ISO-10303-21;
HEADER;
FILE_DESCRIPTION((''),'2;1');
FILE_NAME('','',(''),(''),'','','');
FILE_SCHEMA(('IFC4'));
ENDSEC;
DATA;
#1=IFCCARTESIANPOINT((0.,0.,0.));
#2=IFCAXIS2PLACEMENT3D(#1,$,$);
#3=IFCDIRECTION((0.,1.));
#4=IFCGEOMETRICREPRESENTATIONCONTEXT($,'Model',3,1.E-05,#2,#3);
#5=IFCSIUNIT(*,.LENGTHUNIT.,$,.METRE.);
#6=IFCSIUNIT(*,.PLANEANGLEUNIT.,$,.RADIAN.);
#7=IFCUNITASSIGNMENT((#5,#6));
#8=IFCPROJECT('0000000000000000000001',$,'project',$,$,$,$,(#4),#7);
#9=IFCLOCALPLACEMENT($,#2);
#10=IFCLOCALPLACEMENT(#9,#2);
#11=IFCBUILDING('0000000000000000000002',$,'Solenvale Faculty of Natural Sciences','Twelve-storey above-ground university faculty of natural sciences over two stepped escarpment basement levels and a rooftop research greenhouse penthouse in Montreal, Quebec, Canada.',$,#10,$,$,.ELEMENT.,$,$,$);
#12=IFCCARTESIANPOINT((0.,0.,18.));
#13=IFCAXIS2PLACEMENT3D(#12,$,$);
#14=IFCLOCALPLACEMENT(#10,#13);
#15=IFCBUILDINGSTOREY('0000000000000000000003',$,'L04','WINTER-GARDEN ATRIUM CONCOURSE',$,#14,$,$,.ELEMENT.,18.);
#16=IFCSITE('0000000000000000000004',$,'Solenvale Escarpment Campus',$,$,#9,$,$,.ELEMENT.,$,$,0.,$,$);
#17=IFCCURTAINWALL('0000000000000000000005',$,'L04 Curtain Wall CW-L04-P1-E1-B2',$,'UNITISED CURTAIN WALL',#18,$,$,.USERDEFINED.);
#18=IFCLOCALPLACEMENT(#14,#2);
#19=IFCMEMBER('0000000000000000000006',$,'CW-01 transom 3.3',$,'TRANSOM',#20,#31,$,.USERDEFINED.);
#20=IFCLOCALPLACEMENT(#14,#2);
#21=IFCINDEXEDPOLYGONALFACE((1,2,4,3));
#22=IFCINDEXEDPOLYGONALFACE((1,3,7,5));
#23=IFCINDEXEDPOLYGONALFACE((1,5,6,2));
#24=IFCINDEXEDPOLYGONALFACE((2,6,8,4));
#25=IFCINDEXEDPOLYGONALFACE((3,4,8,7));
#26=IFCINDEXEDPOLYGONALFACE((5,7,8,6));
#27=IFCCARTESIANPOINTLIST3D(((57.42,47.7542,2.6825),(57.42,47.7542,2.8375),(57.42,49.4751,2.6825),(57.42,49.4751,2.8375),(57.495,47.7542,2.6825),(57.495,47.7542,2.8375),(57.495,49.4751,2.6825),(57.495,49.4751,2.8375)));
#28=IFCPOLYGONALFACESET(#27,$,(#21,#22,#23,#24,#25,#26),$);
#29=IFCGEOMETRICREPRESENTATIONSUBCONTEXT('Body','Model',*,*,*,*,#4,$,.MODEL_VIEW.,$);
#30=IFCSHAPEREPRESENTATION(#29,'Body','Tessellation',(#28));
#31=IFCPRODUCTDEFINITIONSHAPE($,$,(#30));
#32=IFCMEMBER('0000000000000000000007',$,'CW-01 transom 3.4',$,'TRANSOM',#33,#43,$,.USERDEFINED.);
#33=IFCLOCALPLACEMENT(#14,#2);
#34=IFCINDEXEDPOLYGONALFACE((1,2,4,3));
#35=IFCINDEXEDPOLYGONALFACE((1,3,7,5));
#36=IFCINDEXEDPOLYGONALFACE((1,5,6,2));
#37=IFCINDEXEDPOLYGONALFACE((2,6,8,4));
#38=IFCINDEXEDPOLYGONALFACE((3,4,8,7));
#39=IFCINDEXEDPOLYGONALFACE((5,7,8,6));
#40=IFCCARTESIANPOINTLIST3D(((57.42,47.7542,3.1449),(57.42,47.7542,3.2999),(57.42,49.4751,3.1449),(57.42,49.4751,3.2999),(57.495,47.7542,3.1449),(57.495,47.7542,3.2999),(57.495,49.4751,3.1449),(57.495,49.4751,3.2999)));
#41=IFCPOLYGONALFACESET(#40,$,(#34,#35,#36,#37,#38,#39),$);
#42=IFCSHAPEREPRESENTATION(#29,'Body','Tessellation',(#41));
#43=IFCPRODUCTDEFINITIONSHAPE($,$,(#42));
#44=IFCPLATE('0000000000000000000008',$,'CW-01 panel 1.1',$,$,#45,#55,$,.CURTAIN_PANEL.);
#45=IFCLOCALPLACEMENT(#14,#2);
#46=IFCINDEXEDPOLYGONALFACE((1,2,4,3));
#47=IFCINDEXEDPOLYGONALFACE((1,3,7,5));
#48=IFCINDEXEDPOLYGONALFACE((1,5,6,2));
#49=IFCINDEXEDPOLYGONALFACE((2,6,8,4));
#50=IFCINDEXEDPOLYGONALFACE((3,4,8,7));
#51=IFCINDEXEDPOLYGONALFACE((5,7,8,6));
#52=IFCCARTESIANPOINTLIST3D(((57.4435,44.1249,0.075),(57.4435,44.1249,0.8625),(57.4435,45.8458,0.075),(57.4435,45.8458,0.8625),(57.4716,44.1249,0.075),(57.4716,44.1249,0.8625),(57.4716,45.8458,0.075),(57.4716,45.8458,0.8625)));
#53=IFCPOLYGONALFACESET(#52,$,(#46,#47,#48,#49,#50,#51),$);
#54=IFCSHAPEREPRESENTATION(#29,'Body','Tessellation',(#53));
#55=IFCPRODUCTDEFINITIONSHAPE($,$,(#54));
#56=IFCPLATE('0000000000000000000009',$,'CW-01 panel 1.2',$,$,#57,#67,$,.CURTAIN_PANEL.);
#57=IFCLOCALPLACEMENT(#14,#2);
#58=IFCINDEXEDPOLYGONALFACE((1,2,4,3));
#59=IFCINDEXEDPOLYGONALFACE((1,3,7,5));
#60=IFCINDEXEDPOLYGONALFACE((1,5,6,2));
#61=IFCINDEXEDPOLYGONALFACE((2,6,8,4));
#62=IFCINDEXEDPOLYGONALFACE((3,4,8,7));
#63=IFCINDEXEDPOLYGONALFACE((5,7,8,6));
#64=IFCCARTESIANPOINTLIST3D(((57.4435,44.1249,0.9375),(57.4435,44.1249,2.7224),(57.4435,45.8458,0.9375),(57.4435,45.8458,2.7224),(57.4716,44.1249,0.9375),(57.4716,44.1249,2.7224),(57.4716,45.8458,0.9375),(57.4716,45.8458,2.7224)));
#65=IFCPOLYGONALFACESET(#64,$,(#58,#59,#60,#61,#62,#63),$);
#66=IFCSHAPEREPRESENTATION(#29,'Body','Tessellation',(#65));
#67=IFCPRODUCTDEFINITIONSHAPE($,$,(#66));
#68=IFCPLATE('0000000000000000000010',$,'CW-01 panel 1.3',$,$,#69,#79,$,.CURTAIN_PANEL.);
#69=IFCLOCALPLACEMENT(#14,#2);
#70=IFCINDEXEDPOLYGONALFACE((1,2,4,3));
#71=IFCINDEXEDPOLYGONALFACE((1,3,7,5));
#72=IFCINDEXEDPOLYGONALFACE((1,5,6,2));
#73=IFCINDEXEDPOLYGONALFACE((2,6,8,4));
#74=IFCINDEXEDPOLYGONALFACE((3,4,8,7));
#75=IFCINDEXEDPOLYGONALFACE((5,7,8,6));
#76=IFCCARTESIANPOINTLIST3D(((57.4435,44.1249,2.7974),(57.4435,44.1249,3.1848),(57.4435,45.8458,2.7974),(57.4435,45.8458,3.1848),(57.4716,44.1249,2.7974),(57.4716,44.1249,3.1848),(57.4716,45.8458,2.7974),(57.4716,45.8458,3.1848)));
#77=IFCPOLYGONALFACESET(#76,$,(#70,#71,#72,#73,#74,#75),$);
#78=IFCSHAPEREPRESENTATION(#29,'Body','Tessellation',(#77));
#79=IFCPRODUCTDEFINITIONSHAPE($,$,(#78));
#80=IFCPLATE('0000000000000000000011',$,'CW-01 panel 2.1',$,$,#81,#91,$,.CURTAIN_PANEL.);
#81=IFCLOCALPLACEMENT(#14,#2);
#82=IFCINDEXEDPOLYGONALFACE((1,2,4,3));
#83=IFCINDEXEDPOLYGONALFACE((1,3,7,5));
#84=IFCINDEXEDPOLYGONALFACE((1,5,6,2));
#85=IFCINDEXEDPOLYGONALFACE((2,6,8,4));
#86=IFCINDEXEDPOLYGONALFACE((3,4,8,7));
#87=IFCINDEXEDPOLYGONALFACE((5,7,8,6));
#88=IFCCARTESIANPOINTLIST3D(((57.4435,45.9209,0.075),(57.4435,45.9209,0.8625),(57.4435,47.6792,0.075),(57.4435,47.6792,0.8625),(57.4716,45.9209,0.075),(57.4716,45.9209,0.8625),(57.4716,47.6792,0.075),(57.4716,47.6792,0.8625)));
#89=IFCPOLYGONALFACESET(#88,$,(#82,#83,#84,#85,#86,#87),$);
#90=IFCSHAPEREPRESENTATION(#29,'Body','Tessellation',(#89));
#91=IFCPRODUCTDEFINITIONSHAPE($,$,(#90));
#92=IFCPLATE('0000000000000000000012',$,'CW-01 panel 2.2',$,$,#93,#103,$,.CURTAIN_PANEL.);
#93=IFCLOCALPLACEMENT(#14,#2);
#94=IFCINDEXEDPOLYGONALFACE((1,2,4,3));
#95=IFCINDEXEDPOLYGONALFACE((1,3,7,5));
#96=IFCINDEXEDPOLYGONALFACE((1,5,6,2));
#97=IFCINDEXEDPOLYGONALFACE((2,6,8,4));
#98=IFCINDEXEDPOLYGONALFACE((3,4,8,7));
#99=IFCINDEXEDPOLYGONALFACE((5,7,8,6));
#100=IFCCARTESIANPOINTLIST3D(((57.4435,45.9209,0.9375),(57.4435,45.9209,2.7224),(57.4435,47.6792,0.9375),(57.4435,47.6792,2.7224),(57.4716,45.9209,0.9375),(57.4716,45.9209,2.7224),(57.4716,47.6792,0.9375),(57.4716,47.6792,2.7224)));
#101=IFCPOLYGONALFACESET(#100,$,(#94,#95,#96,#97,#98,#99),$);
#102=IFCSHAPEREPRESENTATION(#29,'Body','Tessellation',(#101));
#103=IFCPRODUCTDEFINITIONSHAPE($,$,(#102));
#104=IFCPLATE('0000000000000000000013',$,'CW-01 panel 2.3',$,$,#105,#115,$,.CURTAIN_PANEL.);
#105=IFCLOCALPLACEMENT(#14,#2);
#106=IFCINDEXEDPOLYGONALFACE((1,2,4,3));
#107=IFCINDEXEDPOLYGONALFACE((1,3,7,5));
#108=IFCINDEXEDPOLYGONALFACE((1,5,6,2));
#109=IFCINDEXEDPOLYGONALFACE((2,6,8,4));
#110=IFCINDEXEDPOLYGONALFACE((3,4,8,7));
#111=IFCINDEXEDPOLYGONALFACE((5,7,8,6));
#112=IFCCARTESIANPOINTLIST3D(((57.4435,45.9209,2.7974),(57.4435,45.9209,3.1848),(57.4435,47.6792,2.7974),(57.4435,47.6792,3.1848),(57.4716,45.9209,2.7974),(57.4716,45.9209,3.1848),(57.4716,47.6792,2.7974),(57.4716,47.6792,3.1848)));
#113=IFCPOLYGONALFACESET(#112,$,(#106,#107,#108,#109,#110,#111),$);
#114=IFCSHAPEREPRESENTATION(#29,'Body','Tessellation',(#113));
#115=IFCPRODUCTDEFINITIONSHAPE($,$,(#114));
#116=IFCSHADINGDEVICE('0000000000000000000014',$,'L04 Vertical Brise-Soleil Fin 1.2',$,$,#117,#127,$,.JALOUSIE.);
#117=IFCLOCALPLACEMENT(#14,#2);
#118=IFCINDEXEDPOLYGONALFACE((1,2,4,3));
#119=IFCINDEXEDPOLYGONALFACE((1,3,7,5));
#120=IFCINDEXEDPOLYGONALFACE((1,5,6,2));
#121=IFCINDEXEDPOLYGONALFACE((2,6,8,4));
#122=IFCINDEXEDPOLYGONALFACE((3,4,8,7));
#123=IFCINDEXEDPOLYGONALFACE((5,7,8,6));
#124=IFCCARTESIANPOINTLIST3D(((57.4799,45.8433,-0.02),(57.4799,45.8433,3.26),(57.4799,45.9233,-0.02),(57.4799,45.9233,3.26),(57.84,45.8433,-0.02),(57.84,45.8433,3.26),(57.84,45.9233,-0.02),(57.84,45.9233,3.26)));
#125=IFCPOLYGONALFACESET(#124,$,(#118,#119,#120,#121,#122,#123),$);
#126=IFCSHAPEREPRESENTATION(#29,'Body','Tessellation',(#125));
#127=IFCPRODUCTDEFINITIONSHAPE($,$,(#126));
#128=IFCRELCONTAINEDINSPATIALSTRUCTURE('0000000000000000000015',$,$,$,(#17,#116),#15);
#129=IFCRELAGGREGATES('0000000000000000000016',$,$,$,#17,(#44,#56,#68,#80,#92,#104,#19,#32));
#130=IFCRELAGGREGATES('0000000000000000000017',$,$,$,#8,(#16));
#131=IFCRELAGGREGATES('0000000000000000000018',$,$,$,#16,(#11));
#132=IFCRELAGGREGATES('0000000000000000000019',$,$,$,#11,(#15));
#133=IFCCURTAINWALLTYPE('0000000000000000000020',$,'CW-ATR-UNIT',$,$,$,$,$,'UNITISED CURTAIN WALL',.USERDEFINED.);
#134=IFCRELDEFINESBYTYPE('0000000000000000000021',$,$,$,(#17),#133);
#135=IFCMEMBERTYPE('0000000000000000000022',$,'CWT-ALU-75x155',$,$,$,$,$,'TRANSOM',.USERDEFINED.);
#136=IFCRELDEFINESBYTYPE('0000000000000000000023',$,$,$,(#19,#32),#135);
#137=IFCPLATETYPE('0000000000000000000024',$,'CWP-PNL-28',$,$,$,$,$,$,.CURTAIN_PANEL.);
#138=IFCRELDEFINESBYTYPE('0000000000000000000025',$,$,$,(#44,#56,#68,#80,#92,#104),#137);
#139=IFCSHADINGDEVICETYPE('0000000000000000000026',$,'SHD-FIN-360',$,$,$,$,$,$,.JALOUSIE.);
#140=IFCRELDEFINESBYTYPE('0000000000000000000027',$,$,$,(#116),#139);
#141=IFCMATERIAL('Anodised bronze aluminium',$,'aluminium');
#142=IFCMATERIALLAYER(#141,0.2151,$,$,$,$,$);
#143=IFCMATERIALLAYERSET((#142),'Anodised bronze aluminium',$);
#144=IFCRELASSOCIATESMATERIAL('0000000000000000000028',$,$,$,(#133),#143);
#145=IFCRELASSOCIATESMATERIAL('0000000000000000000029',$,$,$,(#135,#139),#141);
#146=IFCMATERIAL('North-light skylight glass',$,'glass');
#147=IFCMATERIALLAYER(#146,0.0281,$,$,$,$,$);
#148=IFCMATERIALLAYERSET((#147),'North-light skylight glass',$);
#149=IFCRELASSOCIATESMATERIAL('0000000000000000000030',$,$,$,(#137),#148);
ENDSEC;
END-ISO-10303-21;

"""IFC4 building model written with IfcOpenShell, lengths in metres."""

from ifc_helpers import new_model, si_unit, direction, frame, origin, origin_2d, place, context, subcontext, project, spatial, rectangle, extrude, material, layer, layer_set, material_profile, profile_set, type_object, element, aggregate, save


model = new_model("IFC4")

# Units and contexts
model_context = context("Model", 3, precision=1e-05, world=origin(), true_north=direction((0.0, 1.0)))
body_context = subcontext(model_context, "Body", "Model", "MODEL_VIEW")
ifc_project = project(units=[si_unit("LENGTHUNIT", "METRE"), si_unit("PLANEANGLEUNIT", "RADIAN")], contexts=[model_context])

# Site, building, storey
site_placement = place(None, origin())
site = spatial("IfcSite", under=ifc_project, at=site_placement, Name="Solenvale Escarpment Campus", CompositionType="ELEMENT", RefElevation=0.0)
building_placement = place(site_placement, origin())
building = spatial("IfcBuilding", under=site, at=building_placement, Name="Solenvale Faculty of Natural Sciences", Description="Twelve-storey above-ground university faculty of natural sciences over two stepped escarpment basement levels and a rooftop research greenhouse penthouse in Montreal, Quebec, Canada.", CompositionType="ELEMENT")
storey_placement = place(building_placement, frame((0.0, 0.0, 18.0)))
storey = spatial("IfcBuildingStorey", under=building, at=storey_placement, Name="L04", Description="WINTER-GARDEN ATRIUM CONCOURSE", CompositionType="ELEMENT", Elevation=18.0)

# Curtain wall, members, plates
ifc_material_1 = material(Name="Anodised bronze aluminium", Category="aluminium")
ifc_layer_1 = layer(ifc_material_1, 0.2151)
ifc_layer_set_1 = layer_set([ifc_layer_1], Name="Anodised bronze aluminium")
curtain_wall_type = type_object("IfcCurtainWallType", Name="CW-ATR-UNIT", ElementType="UNITISED CURTAIN WALL", PredefinedType="USERDEFINED", material=ifc_layer_set_1)
curtain_wall_placement = place(storey_placement, origin())
curtain_wall = element("IfcCurtainWall", 1, at=curtain_wall_placement, inside=storey, type_object=curtain_wall_type, Name="L04 Curtain Wall CW-L04-P1-E1-B2", ObjectType="UNITISED CURTAIN WALL", PredefinedType="USERDEFINED")
ifc_material_profile_1 = material_profile(ifc_material_1, rectangle(XDim=0.075, YDim=0.155, at=origin_2d()), Name="ALU-TRN-75x155")
ifc_profile_set_1 = profile_set([ifc_material_profile_1], Name="Anodised bronze aluminium")
member_type_1 = type_object("IfcMemberType", Name="CWT-ALU-75x155", ElementType="TRANSOM", PredefinedType="USERDEFINED", material=ifc_profile_set_1)
member_1_placement = place(storey_placement, frame((57.4575, 47.7542, 2.76), z_axis=(0.0, 1.0, 0.0), x_axis=(-1.0, 0.0, 0.0)))
member_1 = element("IfcMember", 2, at=member_1_placement, type_object=member_type_1, Name="CW-01 transom 3.3", ObjectType="TRANSOM", PredefinedType="USERDEFINED", context=body_context, shape_type="SweptSolid", body=[
    extrude(rectangle(XDim=0.075, YDim=0.155, at=origin_2d()), origin(), (0.0, 0.0, 1.0), 1.7209),
])
member_2_placement = place(storey_placement, frame((57.4575, 47.7542, 3.2224), z_axis=(0.0, 1.0, 0.0), x_axis=(-1.0, 0.0, 0.0)))
member_2 = element("IfcMember", 3, at=member_2_placement, type_object=member_type_1, Name="CW-01 transom 3.4", ObjectType="TRANSOM", PredefinedType="USERDEFINED", context=body_context, shape_type="SweptSolid", body=[
    extrude(rectangle(XDim=0.075, YDim=0.155, at=origin_2d()), origin(), (0.0, 0.0, 1.0), 1.7209),
])
ifc_material_2 = material(Name="North-light skylight glass", Category="glass")
ifc_layer_2 = layer(ifc_material_2, 0.0281)
ifc_layer_set_2 = layer_set([ifc_layer_2], Name="North-light skylight glass")
plate_type = type_object("IfcPlateType", Name="CWP-PNL-28", PredefinedType="CURTAIN_PANEL", material=ifc_layer_set_2)
plate_1_placement = place(storey_placement, frame((57.4575, 44.9854, 0.075), z_axis=(0.0, 0.0, 1.0), x_axis=(0.0, 1.0, 0.0)))
plate_1 = element("IfcPlate", 4, at=plate_1_placement, type_object=plate_type, Name="CW-01 panel 1.1", PredefinedType="CURTAIN_PANEL", context=body_context, shape_type="SweptSolid", body=[
    extrude(rectangle(XDim=1.7209, YDim=0.0281, at=origin_2d()), origin(), (0.0, 0.0, 1.0), 0.7876),
])
plate_2_placement = place(storey_placement, frame((57.4575, 44.9854, 0.9375), z_axis=(0.0, 0.0, 1.0), x_axis=(0.0, 1.0, 0.0)))
plate_2 = element("IfcPlate", 5, at=plate_2_placement, type_object=plate_type, Name="CW-01 panel 1.2", PredefinedType="CURTAIN_PANEL", context=body_context, shape_type="SweptSolid", body=[
    extrude(rectangle(XDim=1.7209, YDim=0.0281, at=origin_2d()), origin(), (0.0, 0.0, 1.0), 1.7849),
])
plate_3_placement = place(storey_placement, frame((57.4575, 44.9854, 2.7974), z_axis=(0.0, 0.0, 1.0), x_axis=(0.0, 1.0, 0.0)))
plate_3 = element("IfcPlate", 6, at=plate_3_placement, type_object=plate_type, Name="CW-01 panel 1.3", PredefinedType="CURTAIN_PANEL", context=body_context, shape_type="SweptSolid", body=[
    extrude(rectangle(XDim=1.7209, YDim=0.0281, at=origin_2d()), origin(), (0.0, 0.0, 1.0), 0.3875),
])
plate_4_placement = place(storey_placement, frame((57.4575, 46.8, 0.075), z_axis=(0.0, 0.0, 1.0), x_axis=(0.0, 1.0, 0.0)))
plate_4 = element("IfcPlate", 7, at=plate_4_placement, type_object=plate_type, Name="CW-01 panel 2.1", PredefinedType="CURTAIN_PANEL", context=body_context, shape_type="SweptSolid", body=[
    extrude(rectangle(XDim=1.7583, YDim=0.0281, at=origin_2d()), origin(), (0.0, 0.0, 1.0), 0.7876),
])
plate_5_placement = place(storey_placement, frame((57.4575, 46.8, 0.9375), z_axis=(0.0, 0.0, 1.0), x_axis=(0.0, 1.0, 0.0)))
plate_5 = element("IfcPlate", 8, at=plate_5_placement, type_object=plate_type, Name="CW-01 panel 2.2", PredefinedType="CURTAIN_PANEL", context=body_context, shape_type="SweptSolid", body=[
    extrude(rectangle(XDim=1.7583, YDim=0.0281, at=origin_2d()), origin(), (0.0, 0.0, 1.0), 1.7849),
])
plate_6_placement = place(storey_placement, frame((57.4575, 46.8, 2.7974), z_axis=(0.0, 0.0, 1.0), x_axis=(0.0, 1.0, 0.0)))
plate_6 = element("IfcPlate", 9, at=plate_6_placement, type_object=plate_type, Name="CW-01 panel 2.3", PredefinedType="CURTAIN_PANEL", context=body_context, shape_type="SweptSolid", body=[
    extrude(rectangle(XDim=1.7583, YDim=0.0281, at=origin_2d()), origin(), (0.0, 0.0, 1.0), 0.3875),
])
aggregate(curtain_wall, [plate_1, plate_2, plate_3, plate_4, plate_5, plate_6, member_1, member_2])

# Shading device
ifc_material_profile_2 = material_profile(ifc_material_1, rectangle(XDim=0.0801, YDim=0.3601, at=origin_2d()), Name="ALU-FIN-80x360")
ifc_profile_set_2 = profile_set([ifc_material_profile_2], Name="Anodised bronze aluminium")
shading_device_type = type_object("IfcShadingDeviceType", Name="SHD-FIN-360", PredefinedType="JALOUSIE", material=ifc_profile_set_2)
shading_device_placement = place(storey_placement, frame((57.6599, 45.8833, -0.02), z_axis=(0.0, 0.0, 1.0), x_axis=(0.0, 1.0, 0.0)))
element("IfcShadingDevice", 10, at=shading_device_placement, inside=storey, type_object=shading_device_type, Name="L04 Vertical Brise-Soleil Fin 1.2", PredefinedType="JALOUSIE", context=body_context, shape_type="SweptSolid", body=[
    extrude(rectangle(XDim=0.0801, YDim=0.3601, at=origin_2d()), origin(), (0.0, 0.0, 1.0), 3.28),
])

save(model, "model.ifc")
